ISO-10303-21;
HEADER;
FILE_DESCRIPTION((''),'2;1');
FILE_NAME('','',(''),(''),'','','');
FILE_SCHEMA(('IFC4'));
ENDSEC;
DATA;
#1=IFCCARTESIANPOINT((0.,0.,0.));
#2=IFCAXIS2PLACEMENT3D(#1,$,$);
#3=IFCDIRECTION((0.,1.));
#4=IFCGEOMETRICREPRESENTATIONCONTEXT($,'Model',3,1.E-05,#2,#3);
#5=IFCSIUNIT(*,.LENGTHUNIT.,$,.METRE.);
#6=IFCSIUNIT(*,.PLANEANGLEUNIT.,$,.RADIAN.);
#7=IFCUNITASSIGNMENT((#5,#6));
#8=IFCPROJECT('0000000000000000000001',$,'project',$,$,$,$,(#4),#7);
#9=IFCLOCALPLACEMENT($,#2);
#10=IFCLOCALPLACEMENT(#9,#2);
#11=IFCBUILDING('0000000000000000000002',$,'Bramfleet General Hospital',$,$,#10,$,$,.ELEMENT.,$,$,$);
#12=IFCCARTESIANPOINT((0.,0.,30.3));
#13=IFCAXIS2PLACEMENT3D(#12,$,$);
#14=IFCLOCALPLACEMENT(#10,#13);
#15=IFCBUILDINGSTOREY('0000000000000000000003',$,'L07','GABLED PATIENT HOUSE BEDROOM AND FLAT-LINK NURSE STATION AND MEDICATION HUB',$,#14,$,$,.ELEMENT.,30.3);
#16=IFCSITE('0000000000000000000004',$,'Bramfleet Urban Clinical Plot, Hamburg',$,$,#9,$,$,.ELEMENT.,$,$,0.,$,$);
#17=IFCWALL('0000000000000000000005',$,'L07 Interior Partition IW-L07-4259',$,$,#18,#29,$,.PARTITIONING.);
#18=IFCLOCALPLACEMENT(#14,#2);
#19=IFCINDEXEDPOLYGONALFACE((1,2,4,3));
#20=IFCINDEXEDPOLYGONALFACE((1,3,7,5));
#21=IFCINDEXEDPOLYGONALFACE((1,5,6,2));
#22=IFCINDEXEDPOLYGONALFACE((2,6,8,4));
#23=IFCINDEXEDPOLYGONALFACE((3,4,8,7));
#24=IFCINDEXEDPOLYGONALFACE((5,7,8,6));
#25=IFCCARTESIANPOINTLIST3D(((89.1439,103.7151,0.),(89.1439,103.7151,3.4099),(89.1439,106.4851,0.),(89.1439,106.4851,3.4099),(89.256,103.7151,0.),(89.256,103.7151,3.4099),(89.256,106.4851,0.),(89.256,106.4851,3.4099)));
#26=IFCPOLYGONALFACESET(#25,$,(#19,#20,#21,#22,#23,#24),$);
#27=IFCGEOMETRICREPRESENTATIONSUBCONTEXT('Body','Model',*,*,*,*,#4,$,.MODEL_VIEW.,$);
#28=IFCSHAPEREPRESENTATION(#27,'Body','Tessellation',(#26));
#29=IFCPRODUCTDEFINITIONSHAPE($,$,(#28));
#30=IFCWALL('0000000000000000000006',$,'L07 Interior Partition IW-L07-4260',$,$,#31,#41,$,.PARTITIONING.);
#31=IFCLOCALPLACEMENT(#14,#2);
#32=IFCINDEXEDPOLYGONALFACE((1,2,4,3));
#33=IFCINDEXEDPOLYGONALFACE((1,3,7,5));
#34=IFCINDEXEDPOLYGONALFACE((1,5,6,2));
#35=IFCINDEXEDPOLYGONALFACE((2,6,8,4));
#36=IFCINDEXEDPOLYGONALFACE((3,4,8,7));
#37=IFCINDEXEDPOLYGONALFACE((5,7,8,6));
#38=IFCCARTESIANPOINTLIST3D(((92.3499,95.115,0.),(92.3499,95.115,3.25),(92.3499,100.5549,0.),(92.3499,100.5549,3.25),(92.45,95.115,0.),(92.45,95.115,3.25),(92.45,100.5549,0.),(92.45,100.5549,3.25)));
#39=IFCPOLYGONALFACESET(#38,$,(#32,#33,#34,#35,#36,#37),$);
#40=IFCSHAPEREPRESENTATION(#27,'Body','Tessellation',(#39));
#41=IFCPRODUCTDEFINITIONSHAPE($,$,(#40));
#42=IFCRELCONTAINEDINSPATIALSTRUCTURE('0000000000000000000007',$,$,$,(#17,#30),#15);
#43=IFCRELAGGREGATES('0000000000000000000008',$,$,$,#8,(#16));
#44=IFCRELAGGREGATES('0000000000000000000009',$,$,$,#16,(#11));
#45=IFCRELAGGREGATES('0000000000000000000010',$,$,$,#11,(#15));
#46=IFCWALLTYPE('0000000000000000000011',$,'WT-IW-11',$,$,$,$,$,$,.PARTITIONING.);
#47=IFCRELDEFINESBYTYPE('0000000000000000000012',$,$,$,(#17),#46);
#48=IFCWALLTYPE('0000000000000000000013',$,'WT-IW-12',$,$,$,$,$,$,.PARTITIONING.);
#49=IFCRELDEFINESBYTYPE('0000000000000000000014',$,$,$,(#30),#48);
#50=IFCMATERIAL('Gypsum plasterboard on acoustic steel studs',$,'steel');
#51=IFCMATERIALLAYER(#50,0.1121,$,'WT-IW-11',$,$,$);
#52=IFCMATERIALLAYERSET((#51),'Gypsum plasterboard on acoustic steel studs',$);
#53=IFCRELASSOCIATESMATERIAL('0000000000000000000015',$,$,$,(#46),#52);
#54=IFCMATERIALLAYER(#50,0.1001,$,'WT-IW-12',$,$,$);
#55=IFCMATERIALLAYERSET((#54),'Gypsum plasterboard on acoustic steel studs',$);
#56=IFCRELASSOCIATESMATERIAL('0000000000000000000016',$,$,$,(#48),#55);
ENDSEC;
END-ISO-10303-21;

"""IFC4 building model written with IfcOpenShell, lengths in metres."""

from ifc_helpers import new_model, si_unit, direction, frame, frame_2d, origin, place, context, subcontext, project, spatial, rectangle, extrude, material, layer, layer_set, type_object, element, save


model = new_model("IFC4")

# Units and contexts
model_context = context("Model", 3, precision=1e-05, world=origin(), true_north=direction((0.0, 1.0)))
body_context = subcontext(model_context, "Body", "Model", "MODEL_VIEW")
ifc_project = project(units=[si_unit("LENGTHUNIT", "METRE"), si_unit("PLANEANGLEUNIT", "RADIAN")], contexts=[model_context])

# Site, building, storey
site_placement = place(None, origin())
site = spatial("IfcSite", under=ifc_project, at=site_placement, Name="Bramfleet Urban Clinical Plot, Hamburg", CompositionType="ELEMENT", RefElevation=0.0)
building_placement = place(site_placement, origin())
building = spatial("IfcBuilding", under=site, at=building_placement, Name="Bramfleet General Hospital", CompositionType="ELEMENT")
storey_placement = place(building_placement, frame((0.0, 0.0, 30.3)))
storey = spatial("IfcBuildingStorey", under=building, at=storey_placement, Name="L07", Description="GABLED PATIENT HOUSE BEDROOM AND FLAT-LINK NURSE STATION AND MEDICATION HUB", CompositionType="ELEMENT", Elevation=30.3)

# Shared definitions
ifc_material_1 = material(Name="Gypsum plasterboard on acoustic steel studs", Category="steel")

# Walls
ifc_layer_1 = layer(ifc_material_1, 0.1121, Name="WT-IW-11")
ifc_layer_set_1 = layer_set([ifc_layer_1], Name="Gypsum plasterboard on acoustic steel studs")
wall_type_1 = type_object("IfcWallType", Name="WT-IW-11", PredefinedType="PARTITIONING", material=ifc_layer_set_1)
wall_1_placement = place(storey_placement, frame((89.2, 103.7151, 0.0), z_axis=(0.0, 0.0, 1.0), x_axis=(0.0, 1.0, 0.0)))
element("IfcWall", 1, at=wall_1_placement, inside=storey, type_object=wall_type_1, Name="L07 Interior Partition IW-L07-4259", PredefinedType="PARTITIONING", context=body_context, shape_type="SweptSolid", body=[
    extrude(rectangle(XDim=2.77, YDim=0.1121, at=frame_2d((1.385, 0.0))), origin(), (0.0, 0.0, 1.0), 3.4099),
])
ifc_layer_2 = layer(ifc_material_1, 0.1001, Name="WT-IW-12")
ifc_layer_set_2 = layer_set([ifc_layer_2], Name="Gypsum plasterboard on acoustic steel studs")
wall_type_2 = type_object("IfcWallType", Name="WT-IW-12", PredefinedType="PARTITIONING", material=ifc_layer_set_2)
wall_2_placement = place(storey_placement, frame((92.3999, 95.115, 0.0), z_axis=(0.0, 0.0, 1.0), x_axis=(0.0, 1.0, 0.0)))
element("IfcWall", 2, at=wall_2_placement, inside=storey, type_object=wall_type_2, Name="L07 Interior Partition IW-L07-4260", PredefinedType="PARTITIONING", context=body_context, shape_type="SweptSolid", body=[
    extrude(rectangle(XDim=5.4399, YDim=0.1001, at=frame_2d((2.72, 0.0))), origin(), (0.0, 0.0, 1.0), 3.25),
])

save(model, "model.ifc")
